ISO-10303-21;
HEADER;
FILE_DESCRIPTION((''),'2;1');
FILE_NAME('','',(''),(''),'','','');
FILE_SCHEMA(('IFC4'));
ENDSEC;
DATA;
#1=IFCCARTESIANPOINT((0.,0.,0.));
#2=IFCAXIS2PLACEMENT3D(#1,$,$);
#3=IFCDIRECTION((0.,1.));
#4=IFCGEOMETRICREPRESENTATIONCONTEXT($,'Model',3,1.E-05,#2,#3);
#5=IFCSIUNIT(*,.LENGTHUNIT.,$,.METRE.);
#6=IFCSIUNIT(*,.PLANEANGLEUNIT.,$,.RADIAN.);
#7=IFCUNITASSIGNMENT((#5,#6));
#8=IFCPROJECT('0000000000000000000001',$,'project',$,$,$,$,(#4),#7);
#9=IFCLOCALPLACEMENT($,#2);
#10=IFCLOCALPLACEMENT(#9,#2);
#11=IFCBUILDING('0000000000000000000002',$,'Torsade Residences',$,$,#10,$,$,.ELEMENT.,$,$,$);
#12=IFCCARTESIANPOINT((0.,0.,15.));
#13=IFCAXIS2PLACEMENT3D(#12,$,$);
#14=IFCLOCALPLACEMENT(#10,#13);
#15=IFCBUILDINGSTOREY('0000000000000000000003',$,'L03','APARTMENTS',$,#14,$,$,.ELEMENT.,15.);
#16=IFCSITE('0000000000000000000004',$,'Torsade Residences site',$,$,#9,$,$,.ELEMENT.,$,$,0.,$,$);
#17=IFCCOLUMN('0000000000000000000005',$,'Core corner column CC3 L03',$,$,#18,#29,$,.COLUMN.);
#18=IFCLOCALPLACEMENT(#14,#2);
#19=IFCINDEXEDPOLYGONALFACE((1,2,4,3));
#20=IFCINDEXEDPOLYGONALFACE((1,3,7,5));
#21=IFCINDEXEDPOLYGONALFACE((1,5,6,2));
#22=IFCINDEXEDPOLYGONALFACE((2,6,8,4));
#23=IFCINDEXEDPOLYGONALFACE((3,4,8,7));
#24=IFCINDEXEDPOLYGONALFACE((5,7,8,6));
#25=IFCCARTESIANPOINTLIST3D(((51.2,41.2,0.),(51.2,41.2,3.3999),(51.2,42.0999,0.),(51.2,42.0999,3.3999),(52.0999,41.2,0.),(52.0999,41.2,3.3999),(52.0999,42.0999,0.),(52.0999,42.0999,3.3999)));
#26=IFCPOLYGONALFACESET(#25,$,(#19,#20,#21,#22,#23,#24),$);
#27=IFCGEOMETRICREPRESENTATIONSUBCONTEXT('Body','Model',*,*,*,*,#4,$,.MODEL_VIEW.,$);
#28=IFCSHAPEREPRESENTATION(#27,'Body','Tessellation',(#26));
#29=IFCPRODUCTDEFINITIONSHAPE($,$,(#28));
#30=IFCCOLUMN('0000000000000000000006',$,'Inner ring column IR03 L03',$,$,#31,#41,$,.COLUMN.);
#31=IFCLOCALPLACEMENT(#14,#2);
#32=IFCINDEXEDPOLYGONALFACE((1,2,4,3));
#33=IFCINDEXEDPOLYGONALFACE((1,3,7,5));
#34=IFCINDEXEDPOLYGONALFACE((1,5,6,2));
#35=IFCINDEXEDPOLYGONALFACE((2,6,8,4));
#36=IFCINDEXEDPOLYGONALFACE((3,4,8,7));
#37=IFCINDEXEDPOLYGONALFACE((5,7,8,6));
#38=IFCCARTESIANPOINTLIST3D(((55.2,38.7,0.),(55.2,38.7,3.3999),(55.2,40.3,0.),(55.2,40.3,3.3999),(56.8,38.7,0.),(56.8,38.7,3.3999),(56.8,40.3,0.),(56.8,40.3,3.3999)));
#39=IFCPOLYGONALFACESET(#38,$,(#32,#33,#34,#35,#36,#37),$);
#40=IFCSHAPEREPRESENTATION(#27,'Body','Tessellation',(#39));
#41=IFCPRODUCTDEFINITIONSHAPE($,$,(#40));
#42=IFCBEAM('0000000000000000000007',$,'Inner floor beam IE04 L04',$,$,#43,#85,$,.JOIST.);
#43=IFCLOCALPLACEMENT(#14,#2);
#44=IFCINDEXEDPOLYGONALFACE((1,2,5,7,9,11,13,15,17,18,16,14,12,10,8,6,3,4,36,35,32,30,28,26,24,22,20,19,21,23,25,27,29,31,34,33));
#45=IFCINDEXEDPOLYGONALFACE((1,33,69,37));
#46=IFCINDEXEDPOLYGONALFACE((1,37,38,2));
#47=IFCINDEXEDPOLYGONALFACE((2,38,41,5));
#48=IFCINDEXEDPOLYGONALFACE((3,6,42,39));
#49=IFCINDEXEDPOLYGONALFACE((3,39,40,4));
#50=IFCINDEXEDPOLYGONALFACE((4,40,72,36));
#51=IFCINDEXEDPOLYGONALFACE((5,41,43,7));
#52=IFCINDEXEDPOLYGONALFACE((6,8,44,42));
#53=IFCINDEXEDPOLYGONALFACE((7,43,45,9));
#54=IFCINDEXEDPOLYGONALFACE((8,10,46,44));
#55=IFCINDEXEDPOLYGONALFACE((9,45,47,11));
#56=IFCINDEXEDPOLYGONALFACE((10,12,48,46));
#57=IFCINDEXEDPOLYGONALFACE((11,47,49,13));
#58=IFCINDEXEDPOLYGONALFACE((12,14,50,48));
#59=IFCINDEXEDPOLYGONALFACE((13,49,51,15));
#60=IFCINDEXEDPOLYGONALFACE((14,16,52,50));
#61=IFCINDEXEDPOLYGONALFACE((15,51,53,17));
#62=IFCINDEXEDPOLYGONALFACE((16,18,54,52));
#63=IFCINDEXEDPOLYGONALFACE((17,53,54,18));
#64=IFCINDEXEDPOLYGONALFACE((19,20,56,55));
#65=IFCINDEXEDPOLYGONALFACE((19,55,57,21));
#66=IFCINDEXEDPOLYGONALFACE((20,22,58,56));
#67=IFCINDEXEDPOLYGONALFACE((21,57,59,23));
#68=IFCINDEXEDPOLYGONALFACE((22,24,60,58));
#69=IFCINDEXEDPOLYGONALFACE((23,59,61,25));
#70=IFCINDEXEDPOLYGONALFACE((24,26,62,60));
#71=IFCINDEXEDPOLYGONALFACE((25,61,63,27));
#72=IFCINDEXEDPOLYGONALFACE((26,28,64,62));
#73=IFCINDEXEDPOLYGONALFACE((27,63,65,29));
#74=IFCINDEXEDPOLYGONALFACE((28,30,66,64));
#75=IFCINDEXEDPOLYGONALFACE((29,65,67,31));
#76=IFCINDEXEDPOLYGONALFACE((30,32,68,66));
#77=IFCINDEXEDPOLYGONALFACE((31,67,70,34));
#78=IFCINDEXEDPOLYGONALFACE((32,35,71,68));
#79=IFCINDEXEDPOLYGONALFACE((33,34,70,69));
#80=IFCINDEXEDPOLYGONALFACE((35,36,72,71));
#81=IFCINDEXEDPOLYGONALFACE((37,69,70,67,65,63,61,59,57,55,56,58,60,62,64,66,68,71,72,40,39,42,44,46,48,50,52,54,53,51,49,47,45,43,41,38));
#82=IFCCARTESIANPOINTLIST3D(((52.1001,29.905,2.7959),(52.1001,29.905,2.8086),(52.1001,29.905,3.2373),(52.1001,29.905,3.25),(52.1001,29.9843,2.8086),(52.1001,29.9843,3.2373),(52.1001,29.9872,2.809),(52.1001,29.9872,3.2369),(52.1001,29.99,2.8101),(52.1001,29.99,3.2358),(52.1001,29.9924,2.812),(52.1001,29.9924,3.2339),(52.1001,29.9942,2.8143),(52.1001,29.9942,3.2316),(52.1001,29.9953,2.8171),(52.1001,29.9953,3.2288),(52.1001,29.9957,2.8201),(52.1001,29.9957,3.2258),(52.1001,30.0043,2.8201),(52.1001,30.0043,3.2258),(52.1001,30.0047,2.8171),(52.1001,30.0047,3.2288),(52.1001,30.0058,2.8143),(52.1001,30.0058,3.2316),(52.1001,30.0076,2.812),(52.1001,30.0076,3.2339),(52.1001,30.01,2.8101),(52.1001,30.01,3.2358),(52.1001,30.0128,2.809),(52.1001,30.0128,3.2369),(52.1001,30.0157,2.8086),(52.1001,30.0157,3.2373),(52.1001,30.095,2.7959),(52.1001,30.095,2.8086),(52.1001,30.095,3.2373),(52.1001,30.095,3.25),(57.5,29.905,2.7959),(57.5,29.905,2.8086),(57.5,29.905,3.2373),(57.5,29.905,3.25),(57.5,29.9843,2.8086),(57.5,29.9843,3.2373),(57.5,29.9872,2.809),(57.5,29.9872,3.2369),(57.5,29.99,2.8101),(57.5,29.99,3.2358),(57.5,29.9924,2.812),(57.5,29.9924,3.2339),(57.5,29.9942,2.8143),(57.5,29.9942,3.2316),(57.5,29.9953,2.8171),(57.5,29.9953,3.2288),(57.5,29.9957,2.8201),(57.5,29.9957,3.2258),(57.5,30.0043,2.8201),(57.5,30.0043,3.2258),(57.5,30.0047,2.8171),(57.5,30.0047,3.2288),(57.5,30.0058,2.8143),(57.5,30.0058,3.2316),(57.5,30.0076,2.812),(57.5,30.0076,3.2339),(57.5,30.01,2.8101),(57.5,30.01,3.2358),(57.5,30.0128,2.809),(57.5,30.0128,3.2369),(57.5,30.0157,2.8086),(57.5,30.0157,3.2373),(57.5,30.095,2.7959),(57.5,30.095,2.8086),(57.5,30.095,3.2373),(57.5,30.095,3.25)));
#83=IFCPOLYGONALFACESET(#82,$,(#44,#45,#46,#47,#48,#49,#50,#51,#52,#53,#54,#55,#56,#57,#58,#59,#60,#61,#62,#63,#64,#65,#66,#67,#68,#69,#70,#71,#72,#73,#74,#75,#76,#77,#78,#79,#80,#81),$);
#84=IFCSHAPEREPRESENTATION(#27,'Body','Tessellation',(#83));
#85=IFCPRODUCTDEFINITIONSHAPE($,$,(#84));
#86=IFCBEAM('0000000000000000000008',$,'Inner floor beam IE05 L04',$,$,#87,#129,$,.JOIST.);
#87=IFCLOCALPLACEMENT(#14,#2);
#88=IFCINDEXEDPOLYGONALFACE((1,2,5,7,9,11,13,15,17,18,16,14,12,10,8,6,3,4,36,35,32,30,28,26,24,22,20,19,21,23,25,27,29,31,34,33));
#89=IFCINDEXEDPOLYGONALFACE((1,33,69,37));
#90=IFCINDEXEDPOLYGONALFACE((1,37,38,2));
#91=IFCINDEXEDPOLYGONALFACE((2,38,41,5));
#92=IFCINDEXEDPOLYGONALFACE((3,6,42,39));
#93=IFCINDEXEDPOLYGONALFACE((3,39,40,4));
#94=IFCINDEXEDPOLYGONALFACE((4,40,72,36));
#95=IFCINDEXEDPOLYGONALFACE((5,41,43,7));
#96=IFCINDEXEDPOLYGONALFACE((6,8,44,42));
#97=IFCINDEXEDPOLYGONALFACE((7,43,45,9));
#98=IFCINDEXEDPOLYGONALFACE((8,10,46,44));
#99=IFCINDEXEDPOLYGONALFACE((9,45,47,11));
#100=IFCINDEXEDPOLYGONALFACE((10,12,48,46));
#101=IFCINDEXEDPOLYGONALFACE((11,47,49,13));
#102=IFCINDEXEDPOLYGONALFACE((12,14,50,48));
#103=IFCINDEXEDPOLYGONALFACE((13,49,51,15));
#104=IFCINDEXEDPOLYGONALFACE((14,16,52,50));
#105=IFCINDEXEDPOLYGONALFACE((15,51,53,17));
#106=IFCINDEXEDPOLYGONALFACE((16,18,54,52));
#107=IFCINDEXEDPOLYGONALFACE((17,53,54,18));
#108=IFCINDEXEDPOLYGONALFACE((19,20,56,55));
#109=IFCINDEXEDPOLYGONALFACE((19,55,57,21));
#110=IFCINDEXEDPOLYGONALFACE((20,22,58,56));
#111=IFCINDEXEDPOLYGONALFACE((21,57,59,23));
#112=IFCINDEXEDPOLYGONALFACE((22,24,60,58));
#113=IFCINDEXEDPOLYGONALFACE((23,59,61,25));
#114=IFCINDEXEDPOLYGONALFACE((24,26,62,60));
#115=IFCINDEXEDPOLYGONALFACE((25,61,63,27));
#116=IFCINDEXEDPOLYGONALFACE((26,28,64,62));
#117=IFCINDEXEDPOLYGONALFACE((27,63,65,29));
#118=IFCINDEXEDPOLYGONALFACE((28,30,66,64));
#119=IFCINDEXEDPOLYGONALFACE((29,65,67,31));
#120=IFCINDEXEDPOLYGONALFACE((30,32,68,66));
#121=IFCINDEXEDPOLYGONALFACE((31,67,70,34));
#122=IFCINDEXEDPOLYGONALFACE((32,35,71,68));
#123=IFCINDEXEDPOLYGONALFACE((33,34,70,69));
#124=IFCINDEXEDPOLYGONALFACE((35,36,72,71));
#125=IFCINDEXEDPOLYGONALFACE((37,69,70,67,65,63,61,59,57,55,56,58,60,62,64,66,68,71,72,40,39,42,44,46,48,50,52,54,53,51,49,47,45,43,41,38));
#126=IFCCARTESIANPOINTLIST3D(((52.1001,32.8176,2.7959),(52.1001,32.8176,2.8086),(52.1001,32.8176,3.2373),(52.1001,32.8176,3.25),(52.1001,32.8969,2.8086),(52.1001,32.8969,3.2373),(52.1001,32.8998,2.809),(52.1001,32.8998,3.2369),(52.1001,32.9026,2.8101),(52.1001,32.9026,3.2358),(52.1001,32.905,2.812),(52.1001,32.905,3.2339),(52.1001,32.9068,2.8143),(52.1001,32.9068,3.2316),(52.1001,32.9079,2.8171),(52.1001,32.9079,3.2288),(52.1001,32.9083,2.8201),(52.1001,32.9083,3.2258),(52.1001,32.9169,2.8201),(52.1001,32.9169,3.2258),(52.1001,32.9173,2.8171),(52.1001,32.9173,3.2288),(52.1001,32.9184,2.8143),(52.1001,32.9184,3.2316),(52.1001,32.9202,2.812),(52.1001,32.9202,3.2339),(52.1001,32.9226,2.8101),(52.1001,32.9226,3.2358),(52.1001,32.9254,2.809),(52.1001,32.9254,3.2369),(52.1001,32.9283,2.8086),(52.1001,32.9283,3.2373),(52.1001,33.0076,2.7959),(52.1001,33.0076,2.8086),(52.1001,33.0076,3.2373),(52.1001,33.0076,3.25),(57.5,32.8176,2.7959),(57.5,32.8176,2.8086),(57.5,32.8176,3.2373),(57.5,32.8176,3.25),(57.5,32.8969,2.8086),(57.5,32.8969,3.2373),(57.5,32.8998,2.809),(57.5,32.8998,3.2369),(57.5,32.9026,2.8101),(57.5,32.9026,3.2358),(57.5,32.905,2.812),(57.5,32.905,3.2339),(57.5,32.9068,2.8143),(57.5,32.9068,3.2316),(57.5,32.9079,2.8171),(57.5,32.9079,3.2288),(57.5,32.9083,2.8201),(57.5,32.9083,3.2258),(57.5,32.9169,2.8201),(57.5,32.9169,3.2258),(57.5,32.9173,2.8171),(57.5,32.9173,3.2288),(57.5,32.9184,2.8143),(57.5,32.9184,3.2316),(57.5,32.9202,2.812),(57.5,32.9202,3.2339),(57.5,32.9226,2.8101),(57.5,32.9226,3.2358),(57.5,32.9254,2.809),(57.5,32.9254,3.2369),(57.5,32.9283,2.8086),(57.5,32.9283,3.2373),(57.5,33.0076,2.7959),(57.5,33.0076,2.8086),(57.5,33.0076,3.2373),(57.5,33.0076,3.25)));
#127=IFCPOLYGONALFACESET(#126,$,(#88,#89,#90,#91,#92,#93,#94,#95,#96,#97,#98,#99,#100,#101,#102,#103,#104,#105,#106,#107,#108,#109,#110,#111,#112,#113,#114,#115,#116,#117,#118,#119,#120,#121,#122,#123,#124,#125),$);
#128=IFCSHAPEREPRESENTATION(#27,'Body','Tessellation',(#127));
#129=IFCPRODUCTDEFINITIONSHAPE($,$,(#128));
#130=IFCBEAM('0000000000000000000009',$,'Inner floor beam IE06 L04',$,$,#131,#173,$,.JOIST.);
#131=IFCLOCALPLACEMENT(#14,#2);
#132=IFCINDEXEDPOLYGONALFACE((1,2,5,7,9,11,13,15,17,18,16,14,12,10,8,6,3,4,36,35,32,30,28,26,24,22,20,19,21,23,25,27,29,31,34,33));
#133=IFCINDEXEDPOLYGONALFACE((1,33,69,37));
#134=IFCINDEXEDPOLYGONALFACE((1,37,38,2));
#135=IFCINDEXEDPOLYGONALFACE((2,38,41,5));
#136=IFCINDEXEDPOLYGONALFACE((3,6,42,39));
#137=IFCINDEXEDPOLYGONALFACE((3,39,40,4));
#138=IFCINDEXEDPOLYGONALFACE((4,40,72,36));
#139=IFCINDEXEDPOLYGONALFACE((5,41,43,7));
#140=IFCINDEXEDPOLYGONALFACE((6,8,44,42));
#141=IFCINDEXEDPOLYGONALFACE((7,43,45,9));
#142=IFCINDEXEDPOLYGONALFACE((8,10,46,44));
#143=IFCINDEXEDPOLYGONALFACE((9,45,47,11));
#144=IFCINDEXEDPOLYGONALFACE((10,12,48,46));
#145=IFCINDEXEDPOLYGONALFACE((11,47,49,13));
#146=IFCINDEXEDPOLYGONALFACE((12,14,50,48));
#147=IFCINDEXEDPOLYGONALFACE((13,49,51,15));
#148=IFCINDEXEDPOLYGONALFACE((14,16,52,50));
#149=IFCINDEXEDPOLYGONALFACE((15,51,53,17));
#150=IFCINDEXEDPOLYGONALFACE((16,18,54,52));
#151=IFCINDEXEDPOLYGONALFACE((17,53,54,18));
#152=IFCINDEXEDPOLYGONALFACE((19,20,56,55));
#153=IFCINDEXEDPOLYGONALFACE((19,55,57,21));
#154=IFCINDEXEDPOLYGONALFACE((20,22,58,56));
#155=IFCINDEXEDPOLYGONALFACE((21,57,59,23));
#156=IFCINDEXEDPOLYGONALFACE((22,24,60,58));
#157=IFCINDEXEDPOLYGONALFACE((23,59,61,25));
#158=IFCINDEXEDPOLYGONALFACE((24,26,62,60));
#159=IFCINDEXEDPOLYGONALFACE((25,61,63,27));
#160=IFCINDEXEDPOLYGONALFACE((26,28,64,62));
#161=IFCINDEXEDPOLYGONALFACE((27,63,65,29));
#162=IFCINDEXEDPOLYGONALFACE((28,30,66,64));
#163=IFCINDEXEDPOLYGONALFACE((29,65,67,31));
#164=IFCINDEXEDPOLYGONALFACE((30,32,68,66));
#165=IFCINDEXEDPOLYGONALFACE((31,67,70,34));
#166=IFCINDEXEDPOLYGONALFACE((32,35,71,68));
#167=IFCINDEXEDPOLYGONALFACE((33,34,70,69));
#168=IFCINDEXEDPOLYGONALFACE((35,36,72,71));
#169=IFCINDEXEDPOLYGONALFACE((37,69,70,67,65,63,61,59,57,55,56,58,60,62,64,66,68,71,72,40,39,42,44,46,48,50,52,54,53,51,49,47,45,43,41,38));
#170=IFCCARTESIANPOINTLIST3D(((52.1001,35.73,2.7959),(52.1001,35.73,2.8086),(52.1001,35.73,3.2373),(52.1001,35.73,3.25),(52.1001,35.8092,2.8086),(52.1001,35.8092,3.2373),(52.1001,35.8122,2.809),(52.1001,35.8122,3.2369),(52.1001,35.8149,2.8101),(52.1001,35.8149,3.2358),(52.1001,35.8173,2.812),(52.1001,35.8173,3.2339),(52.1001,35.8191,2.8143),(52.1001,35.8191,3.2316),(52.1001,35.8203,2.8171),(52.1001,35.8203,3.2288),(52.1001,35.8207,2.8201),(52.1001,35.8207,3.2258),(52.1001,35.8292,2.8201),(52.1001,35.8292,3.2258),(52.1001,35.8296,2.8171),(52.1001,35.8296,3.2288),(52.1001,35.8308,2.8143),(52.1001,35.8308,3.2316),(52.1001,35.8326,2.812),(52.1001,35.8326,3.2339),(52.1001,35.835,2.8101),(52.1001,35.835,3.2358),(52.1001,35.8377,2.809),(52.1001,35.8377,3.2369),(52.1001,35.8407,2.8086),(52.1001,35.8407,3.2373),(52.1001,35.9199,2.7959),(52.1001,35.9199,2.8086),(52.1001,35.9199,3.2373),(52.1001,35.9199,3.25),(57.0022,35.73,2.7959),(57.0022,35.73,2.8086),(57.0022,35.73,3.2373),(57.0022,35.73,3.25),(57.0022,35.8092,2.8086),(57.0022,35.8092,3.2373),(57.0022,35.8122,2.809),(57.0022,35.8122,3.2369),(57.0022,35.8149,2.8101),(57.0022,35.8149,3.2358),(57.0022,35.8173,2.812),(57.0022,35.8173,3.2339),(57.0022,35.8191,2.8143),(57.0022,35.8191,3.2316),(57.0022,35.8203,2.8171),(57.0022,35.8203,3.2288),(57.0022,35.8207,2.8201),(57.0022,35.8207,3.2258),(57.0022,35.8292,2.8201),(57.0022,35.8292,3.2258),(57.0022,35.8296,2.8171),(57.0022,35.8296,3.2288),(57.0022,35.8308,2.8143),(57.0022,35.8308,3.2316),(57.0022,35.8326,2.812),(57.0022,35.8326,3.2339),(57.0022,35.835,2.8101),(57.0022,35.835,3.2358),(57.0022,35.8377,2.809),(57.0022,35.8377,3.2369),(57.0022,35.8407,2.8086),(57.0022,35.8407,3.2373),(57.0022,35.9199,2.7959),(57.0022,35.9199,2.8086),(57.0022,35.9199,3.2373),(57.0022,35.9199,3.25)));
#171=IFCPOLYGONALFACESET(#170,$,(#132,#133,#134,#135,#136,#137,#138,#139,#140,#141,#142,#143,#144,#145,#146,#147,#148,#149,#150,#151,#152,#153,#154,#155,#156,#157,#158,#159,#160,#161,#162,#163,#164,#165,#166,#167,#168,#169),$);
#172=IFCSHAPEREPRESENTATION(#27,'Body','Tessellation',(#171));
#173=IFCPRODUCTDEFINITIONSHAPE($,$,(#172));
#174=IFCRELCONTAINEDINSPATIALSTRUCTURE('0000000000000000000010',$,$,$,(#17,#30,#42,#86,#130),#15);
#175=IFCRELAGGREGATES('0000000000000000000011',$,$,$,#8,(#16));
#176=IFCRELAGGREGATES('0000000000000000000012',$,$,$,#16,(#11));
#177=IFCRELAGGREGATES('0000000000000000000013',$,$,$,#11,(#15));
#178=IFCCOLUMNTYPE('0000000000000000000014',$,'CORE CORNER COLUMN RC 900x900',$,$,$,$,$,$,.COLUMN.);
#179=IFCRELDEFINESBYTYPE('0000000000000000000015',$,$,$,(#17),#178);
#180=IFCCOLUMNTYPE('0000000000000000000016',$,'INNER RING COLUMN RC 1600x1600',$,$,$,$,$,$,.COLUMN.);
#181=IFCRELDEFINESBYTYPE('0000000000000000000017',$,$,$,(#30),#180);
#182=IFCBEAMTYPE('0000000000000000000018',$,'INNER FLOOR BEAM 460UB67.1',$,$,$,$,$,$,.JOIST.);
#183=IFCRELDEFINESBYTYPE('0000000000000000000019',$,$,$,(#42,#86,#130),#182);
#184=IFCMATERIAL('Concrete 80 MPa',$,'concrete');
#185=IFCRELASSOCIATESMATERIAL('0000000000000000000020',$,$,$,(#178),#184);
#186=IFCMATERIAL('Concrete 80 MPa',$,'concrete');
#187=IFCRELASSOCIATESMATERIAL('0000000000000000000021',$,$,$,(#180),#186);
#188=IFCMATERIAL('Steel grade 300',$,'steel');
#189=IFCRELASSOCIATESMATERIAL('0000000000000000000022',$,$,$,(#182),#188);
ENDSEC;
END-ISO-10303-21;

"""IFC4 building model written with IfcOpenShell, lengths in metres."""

from ifc_helpers import new_model, si_unit, direction, frame, origin, origin_2d, place, context, subcontext, project, spatial, rectangle, i_section, extrude, material, material_profile, profile_set, type_object, element, save


model = new_model("IFC4")

# Units and contexts
model_context = context("Model", 3, precision=1e-05, world=origin(), true_north=direction((0.0, 1.0)))
body_context = subcontext(model_context, "Body", "Model", "MODEL_VIEW")
ifc_project = project(units=[si_unit("LENGTHUNIT", "METRE"), si_unit("PLANEANGLEUNIT", "RADIAN")], contexts=[model_context])

# Site, building, storey
site_placement = place(None, origin())
site = spatial("IfcSite", under=ifc_project, at=site_placement, Name="Torsade Residences site", CompositionType="ELEMENT", RefElevation=0.0)
building_placement = place(site_placement, origin())
building = spatial("IfcBuilding", under=site, at=building_placement, Name="Torsade Residences", CompositionType="ELEMENT")
storey_placement = place(building_placement, frame((0.0, 0.0, 15.0)))
storey = spatial("IfcBuildingStorey", under=building, at=storey_placement, Name="L03", Description="APARTMENTS", CompositionType="ELEMENT", Elevation=15.0)

# Columns
ifc_material_1 = material(Name="Concrete 80 MPa", Category="concrete")
ifc_material_profile_1 = material_profile(ifc_material_1, rectangle(XDim=0.8999, YDim=0.8999, at=origin_2d()), Name="RC 900x900")
ifc_profile_set_1 = profile_set([ifc_material_profile_1], Name="Concrete 80 MPa")
column_type_1 = type_object("IfcColumnType", Name="CORE CORNER COLUMN RC 900x900", PredefinedType="COLUMN", material=ifc_profile_set_1)
column_1_placement = place(storey_placement, frame((51.6499, 41.6499, 0.0), z_axis=(0.0, 0.0, 1.0), x_axis=(1.0, 0.0, 0.0)))
element("IfcColumn", 1, at=column_1_placement, inside=storey, type_object=column_type_1, Name="Core corner column CC3 L03", PredefinedType="COLUMN", context=body_context, shape_type="SweptSolid", body=[
    extrude(rectangle(XDim=0.8999, YDim=0.8999, at=origin_2d()), origin(), (0.0, 0.0, 1.0), 3.3999),
])
ifc_material_2 = material(Name="Concrete 80 MPa", Category="concrete")
ifc_material_profile_2 = material_profile(ifc_material_2, rectangle(XDim=1.6001, YDim=1.6001, at=origin_2d()), Name="RC 1600x1600")
ifc_profile_set_2 = profile_set([ifc_material_profile_2], Name="Concrete 80 MPa")
column_type_2 = type_object("IfcColumnType", Name="INNER RING COLUMN RC 1600x1600", PredefinedType="COLUMN", material=ifc_profile_set_2)
column_2_placement = place(storey_placement, frame((56.0, 39.5, 0.0), z_axis=(0.0, 0.0, 1.0), x_axis=(1.0, 0.0, 0.0)))
element("IfcColumn", 2, at=column_2_placement, inside=storey, type_object=column_type_2, Name="Inner ring column IR03 L03", PredefinedType="COLUMN", context=body_context, shape_type="SweptSolid", body=[
    extrude(rectangle(XDim=1.6001, YDim=1.6001, at=origin_2d()), origin(), (0.0, 0.0, 1.0), 3.3999),
])

# Beams
ifc_material_3 = material(Name="Steel grade 300", Category="steel")
ifc_material_profile_3 = material_profile(ifc_material_3, i_section(OverallWidth=0.1899, OverallDepth=0.4541, WebThickness=0.0085, FlangeThickness=0.0127, FilletRadius=0.0115, at=origin_2d()), Name="460UB67.1")
ifc_profile_set_3 = profile_set([ifc_material_profile_3], Name="Steel grade 300")
beam_type_1 = type_object("IfcBeamType", Name="INNER FLOOR BEAM 460UB67.1", PredefinedType="JOIST", material=ifc_profile_set_3)
for number, where, z_axis, x_axis, name in (
    (3, (52.1001, 30.0, 3.0229), (1.0, 0.0, 0.0), (0.0, 1.0, 0.0), "Inner floor beam IE04 L04"),
    (4, (52.1001, 32.9126, 3.0229), (1.0, 0.0, 0.0), (0.0, 1.0, 0.0), "Inner floor beam IE05 L04"),
):
    element("IfcBeam", number, at=place(storey_placement, frame(where, z_axis=z_axis, x_axis=x_axis)), inside=storey, type_object=beam_type_1, Name=name, PredefinedType="JOIST", context=body_context, shape_type="SweptSolid", body=[
        extrude(i_section(OverallWidth=0.1899, OverallDepth=0.4541, WebThickness=0.0085, FlangeThickness=0.0127, FilletRadius=0.0115, at=origin_2d()), origin(), (0.0, 0.0, 1.0), 5.3999),
    ])
beam_1_placement = place(storey_placement, frame((52.1001, 35.825, 3.0229), z_axis=(1.0, 0.0, 0.0), x_axis=(0.0, 1.0, 0.0)))
element("IfcBeam", 5, at=beam_1_placement, inside=storey, type_object=beam_type_1, Name="Inner floor beam IE06 L04", PredefinedType="JOIST", context=body_context, shape_type="SweptSolid", body=[
    extrude(i_section(OverallWidth=0.1899, OverallDepth=0.4541, WebThickness=0.0085, FlangeThickness=0.0127, FilletRadius=0.0115, at=origin_2d()), origin(), (0.0, 0.0, 1.0), 4.9021),
])

save(model, "model.ifc")
